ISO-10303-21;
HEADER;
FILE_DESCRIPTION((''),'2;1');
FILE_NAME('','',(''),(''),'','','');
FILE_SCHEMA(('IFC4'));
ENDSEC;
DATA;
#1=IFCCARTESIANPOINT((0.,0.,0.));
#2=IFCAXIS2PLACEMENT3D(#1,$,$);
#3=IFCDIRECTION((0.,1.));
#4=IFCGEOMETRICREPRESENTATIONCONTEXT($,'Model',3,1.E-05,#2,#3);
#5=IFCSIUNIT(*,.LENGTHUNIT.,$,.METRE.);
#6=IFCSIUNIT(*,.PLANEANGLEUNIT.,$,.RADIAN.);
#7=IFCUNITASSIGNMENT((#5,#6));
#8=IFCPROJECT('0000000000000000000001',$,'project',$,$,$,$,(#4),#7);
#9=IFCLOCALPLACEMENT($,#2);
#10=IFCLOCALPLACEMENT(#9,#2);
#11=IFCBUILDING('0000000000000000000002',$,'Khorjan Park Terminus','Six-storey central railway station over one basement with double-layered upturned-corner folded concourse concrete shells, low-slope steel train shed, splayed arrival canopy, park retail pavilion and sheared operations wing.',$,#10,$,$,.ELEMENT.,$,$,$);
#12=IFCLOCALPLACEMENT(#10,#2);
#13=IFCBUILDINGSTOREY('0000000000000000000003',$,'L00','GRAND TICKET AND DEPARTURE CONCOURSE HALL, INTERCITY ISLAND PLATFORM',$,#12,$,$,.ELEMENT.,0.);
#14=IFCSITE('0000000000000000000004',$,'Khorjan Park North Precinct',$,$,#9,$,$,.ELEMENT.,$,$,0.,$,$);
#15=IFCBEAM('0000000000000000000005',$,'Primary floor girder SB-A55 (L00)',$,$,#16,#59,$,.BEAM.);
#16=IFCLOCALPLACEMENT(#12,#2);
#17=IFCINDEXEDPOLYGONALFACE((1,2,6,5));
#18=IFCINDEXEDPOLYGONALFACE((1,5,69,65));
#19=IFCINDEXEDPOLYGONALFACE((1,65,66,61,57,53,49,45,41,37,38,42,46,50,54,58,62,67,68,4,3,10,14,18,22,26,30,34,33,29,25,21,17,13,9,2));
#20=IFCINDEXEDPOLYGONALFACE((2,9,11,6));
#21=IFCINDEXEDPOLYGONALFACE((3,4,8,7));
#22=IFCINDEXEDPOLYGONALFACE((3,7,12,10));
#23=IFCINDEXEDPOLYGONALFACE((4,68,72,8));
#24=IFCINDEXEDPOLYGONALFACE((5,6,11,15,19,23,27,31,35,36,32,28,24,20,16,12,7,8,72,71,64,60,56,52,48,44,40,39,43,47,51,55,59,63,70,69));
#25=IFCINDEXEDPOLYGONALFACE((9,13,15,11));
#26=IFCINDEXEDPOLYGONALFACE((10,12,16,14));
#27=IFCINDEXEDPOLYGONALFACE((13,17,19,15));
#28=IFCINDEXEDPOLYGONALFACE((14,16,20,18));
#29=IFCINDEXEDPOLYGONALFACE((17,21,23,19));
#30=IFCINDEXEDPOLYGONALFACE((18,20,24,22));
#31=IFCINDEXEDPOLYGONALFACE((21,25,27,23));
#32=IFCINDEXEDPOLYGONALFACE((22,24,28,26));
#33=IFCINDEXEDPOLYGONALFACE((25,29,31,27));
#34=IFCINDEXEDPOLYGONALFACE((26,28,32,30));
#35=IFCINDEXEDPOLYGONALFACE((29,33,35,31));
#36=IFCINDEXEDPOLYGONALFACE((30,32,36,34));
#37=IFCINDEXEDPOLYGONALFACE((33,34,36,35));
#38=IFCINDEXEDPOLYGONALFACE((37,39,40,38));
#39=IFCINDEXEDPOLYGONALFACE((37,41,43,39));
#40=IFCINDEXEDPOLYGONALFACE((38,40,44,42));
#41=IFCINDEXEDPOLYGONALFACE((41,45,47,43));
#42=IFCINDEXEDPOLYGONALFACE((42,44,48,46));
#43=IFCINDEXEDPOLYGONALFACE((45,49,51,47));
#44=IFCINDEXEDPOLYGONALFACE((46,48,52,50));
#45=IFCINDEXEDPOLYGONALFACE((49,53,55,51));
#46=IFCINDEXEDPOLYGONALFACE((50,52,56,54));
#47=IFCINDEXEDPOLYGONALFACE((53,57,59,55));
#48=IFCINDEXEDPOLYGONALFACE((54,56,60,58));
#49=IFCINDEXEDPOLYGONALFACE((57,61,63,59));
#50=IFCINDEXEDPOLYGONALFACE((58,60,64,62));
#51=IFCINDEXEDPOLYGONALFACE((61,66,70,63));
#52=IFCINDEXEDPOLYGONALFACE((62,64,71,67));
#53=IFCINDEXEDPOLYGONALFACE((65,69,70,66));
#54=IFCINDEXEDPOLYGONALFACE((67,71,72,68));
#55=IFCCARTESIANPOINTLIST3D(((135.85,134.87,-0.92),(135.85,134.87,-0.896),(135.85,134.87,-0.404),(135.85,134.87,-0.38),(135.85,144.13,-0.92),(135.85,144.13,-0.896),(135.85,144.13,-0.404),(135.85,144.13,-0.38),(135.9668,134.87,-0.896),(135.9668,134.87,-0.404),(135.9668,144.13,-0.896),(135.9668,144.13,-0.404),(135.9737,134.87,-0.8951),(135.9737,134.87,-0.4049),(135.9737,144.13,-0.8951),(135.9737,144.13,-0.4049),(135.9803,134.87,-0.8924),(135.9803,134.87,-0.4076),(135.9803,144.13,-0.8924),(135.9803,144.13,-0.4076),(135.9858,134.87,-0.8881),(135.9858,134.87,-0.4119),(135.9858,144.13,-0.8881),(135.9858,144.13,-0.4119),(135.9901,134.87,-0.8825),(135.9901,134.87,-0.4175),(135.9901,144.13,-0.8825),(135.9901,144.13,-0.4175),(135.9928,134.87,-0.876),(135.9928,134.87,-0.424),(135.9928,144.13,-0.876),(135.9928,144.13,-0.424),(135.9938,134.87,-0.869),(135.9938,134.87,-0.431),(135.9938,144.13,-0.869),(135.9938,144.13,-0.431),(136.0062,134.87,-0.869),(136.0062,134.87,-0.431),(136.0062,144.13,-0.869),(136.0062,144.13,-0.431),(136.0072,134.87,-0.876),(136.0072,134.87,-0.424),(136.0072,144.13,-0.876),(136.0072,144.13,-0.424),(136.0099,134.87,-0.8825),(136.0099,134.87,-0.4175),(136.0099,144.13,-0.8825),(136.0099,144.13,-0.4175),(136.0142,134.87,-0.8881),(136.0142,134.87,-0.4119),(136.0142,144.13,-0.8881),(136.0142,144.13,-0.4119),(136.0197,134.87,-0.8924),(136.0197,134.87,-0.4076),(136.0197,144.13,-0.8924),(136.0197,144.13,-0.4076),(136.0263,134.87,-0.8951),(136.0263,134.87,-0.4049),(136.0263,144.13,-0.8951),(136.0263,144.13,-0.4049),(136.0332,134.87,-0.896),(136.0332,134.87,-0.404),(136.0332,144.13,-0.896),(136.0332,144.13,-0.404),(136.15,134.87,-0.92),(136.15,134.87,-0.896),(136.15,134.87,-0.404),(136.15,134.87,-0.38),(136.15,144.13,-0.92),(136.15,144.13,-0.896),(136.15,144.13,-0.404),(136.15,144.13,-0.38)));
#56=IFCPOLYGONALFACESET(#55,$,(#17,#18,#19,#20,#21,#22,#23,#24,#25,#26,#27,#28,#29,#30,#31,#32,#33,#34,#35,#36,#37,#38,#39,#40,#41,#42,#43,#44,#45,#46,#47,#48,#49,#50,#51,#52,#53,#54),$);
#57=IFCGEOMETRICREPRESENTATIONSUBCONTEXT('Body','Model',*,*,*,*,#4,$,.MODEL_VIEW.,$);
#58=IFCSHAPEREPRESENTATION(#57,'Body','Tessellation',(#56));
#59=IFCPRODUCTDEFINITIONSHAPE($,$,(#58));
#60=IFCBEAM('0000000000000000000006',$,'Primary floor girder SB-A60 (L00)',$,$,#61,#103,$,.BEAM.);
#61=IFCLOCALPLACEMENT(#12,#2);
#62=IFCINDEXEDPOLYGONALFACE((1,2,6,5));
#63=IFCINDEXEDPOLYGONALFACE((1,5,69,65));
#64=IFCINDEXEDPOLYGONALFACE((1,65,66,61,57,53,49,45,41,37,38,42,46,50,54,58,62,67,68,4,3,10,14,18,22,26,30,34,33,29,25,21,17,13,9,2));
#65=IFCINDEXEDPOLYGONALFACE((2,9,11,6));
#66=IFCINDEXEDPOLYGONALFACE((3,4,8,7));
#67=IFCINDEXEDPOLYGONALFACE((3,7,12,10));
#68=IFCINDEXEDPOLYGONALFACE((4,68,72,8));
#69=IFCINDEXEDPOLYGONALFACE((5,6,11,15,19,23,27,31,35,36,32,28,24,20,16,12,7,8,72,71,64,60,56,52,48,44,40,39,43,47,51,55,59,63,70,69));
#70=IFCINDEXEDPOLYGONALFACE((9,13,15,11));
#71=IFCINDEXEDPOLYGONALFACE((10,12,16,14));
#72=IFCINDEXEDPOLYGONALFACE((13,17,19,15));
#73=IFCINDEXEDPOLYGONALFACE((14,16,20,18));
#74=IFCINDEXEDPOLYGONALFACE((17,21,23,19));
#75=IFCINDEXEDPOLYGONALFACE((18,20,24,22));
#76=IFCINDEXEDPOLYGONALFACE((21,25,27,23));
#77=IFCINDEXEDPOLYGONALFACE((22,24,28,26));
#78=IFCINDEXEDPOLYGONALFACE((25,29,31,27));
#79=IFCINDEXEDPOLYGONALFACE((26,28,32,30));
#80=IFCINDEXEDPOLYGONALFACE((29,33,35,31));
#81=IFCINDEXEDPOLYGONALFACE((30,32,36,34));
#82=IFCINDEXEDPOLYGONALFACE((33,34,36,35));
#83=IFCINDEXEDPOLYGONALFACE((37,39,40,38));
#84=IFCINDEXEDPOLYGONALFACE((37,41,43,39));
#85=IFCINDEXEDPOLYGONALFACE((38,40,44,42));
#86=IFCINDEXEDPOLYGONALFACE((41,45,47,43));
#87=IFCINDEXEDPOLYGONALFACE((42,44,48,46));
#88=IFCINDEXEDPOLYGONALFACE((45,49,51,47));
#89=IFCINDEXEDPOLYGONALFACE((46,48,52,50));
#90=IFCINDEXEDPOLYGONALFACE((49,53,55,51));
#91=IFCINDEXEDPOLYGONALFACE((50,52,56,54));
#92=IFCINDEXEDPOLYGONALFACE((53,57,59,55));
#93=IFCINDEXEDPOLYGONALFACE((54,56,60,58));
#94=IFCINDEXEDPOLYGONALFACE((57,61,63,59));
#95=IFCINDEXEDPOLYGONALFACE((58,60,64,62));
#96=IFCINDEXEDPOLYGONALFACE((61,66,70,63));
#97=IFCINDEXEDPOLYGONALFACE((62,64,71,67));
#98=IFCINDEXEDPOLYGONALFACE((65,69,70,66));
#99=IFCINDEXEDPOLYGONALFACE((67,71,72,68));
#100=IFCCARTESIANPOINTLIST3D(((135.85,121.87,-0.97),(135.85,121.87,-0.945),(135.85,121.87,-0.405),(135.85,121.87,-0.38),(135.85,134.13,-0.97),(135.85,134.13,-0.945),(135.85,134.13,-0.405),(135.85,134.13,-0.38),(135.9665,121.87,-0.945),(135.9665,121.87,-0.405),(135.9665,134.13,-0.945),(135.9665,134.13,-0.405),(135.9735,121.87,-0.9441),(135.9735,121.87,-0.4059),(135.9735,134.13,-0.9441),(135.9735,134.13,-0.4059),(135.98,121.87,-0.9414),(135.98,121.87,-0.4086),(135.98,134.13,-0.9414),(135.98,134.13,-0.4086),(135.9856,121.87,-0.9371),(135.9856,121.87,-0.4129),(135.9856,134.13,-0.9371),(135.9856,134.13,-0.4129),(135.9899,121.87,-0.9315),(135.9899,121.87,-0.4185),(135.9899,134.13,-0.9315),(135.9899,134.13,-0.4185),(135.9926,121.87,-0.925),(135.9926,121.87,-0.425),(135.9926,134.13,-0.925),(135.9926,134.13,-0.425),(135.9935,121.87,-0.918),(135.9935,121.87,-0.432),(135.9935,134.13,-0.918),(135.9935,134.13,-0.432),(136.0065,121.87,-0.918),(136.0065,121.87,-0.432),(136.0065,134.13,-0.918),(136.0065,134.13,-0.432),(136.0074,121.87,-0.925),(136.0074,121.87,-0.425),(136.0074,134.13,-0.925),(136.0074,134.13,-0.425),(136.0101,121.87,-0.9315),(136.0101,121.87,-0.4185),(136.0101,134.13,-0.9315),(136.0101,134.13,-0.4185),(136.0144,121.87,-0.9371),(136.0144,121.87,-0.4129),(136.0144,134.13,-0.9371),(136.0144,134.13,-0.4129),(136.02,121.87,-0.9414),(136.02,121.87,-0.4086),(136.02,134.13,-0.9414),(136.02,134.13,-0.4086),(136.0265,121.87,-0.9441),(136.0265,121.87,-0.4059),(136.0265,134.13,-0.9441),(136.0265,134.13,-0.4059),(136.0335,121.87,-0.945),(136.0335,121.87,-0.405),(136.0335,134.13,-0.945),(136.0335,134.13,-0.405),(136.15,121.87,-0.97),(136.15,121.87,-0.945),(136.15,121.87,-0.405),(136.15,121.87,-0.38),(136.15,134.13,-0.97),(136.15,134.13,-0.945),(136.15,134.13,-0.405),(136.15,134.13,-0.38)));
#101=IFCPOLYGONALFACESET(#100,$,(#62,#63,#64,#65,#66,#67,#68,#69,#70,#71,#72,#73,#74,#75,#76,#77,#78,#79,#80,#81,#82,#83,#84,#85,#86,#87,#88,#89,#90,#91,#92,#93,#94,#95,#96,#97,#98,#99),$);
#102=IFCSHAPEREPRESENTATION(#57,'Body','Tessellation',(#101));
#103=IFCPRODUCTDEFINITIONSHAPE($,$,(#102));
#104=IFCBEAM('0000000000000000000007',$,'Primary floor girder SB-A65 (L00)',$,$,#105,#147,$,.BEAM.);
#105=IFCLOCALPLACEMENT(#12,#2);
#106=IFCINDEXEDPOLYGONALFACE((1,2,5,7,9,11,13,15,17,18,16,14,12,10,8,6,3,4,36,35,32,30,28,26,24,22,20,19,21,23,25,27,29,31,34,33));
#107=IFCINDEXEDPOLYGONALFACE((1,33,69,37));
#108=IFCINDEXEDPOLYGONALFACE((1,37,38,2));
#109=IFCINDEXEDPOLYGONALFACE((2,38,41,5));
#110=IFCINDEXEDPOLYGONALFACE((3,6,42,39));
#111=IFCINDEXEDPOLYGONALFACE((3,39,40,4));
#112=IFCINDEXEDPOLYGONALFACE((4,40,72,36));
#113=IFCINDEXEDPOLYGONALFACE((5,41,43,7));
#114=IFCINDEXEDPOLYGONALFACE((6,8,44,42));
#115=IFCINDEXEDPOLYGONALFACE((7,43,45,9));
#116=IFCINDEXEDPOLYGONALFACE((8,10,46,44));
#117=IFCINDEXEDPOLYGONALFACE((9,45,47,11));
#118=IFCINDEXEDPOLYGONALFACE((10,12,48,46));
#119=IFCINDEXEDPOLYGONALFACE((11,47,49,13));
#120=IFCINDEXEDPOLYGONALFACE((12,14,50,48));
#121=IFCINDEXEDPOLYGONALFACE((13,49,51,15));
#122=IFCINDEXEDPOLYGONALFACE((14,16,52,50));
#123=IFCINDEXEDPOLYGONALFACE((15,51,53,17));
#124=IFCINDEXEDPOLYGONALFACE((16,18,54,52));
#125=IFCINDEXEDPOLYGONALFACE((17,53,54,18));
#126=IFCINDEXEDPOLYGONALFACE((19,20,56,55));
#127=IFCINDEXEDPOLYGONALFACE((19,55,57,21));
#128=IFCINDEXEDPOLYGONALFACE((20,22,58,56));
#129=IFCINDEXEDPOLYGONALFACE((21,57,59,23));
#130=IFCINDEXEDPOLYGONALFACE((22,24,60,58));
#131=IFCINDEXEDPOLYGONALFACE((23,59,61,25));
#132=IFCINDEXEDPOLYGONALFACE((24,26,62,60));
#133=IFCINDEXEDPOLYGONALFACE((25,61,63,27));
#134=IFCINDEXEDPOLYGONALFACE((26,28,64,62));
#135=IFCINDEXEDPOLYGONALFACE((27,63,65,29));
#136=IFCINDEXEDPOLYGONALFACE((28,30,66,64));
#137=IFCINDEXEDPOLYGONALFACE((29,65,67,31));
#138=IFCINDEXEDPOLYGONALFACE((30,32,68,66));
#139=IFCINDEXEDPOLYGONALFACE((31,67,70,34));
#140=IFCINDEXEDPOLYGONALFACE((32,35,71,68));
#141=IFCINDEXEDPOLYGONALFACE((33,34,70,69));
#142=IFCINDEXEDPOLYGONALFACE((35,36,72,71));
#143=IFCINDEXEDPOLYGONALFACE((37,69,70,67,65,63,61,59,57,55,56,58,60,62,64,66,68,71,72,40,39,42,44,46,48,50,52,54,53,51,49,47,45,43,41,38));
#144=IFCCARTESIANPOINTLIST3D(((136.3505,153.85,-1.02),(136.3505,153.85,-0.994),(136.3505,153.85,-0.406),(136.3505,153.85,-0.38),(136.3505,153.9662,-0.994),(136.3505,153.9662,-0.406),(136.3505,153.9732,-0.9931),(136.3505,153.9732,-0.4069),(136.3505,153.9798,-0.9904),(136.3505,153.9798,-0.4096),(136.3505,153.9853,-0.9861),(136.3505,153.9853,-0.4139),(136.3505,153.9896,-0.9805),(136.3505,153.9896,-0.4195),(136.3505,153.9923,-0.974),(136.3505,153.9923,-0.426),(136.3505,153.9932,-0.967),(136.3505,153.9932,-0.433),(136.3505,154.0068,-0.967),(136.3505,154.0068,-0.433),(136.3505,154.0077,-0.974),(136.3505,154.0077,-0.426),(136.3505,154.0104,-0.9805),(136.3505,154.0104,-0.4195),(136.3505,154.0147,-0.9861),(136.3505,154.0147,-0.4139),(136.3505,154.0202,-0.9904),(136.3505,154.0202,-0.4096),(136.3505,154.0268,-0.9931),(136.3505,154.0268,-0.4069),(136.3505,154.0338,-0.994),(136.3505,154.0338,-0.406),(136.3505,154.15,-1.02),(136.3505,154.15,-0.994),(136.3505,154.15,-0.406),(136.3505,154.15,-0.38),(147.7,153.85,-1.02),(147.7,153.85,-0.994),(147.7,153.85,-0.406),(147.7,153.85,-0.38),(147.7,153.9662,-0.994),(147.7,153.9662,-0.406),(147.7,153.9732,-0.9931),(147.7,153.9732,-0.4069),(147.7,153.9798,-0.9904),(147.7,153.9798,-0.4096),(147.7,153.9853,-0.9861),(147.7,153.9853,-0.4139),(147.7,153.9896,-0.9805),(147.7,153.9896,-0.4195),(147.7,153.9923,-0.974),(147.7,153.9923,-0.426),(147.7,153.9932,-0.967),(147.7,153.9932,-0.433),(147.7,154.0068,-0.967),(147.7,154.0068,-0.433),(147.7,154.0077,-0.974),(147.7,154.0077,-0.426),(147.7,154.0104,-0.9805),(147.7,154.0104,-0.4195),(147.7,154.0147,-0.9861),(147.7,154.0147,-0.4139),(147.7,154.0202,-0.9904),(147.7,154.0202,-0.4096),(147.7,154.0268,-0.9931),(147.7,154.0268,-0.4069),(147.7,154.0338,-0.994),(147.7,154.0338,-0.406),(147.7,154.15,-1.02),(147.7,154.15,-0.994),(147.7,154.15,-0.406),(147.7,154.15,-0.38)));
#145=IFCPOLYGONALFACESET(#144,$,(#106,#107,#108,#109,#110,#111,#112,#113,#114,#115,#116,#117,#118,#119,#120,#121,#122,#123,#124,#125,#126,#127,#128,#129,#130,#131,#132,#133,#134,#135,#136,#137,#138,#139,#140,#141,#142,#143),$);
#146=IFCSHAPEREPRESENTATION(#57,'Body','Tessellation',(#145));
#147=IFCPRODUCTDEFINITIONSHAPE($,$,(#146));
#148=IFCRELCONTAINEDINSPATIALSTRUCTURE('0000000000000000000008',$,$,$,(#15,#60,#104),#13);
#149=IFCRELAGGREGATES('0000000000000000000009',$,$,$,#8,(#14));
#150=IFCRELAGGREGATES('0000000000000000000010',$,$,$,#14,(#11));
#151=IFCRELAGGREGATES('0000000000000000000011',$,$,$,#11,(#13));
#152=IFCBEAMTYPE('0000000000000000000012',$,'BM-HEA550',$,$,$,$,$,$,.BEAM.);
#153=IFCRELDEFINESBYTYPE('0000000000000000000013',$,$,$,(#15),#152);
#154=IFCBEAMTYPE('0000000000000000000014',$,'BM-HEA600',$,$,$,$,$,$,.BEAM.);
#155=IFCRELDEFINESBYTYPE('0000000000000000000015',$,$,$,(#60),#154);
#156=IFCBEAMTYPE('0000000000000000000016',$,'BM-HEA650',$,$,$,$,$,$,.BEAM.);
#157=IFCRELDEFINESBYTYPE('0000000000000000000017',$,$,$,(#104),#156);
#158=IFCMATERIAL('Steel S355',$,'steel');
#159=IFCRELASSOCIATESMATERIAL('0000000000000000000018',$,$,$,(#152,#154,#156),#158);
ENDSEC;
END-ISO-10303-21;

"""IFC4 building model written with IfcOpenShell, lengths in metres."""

from ifc_helpers import new_model, si_unit, direction, frame, origin, origin_2d, place, context, subcontext, project, spatial, i_section, extrude, material, material_profile, profile_set, type_object, element, save


model = new_model("IFC4")

# Units and contexts
model_context = context("Model", 3, precision=1e-05, world=origin(), true_north=direction((0.0, 1.0)))
body_context = subcontext(model_context, "Body", "Model", "MODEL_VIEW")
ifc_project = project(units=[si_unit("LENGTHUNIT", "METRE"), si_unit("PLANEANGLEUNIT", "RADIAN")], contexts=[model_context])

# Site, building, storey
site_placement = place(None, origin())
site = spatial("IfcSite", under=ifc_project, at=site_placement, Name="Khorjan Park North Precinct", CompositionType="ELEMENT", RefElevation=0.0)
building_placement = place(site_placement, origin())
building = spatial("IfcBuilding", under=site, at=building_placement, Name="Khorjan Park Terminus", Description="Six-storey central railway station over one basement with double-layered upturned-corner folded concourse concrete shells, low-slope steel train shed, splayed arrival canopy, park retail pavilion and sheared operations wing.", CompositionType="ELEMENT")
storey_placement = place(building_placement, origin())
storey = spatial("IfcBuildingStorey", under=building, at=storey_placement, Name="L00", Description="GRAND TICKET AND DEPARTURE CONCOURSE HALL, INTERCITY ISLAND PLATFORM", CompositionType="ELEMENT", Elevation=0.0)

# Shared definitions
ifc_material_1 = material(Name="Steel S355", Category="steel")

# Beams
ifc_material_profile_1 = material_profile(ifc_material_1, i_section(OverallWidth=0.3, OverallDepth=0.54, WebThickness=0.0125, FlangeThickness=0.024, FilletRadius=0.027, at=origin_2d()), Name="HEA 550")
ifc_profile_set_1 = profile_set([ifc_material_profile_1], Name="Steel S355")
beam_type_1 = type_object("IfcBeamType", Name="BM-HEA550", PredefinedType="BEAM", material=ifc_profile_set_1)
beam_1_placement = place(storey_placement, frame((136.0, 134.87, -0.65), z_axis=(0.0, 1.0, 0.0), x_axis=(-1.0, 0.0, 0.0)))
element("IfcBeam", 1, at=beam_1_placement, inside=storey, type_object=beam_type_1, Name="Primary floor girder SB-A55 (L00)", PredefinedType="BEAM", context=body_context, shape_type="SweptSolid", body=[
    extrude(i_section(OverallWidth=0.3, OverallDepth=0.54, WebThickness=0.0125, FlangeThickness=0.024, FilletRadius=0.027, at=origin_2d()), origin(), (0.0, 0.0, 1.0), 9.26),
])
ifc_material_profile_2 = material_profile(ifc_material_1, i_section(OverallWidth=0.3, OverallDepth=0.59, WebThickness=0.013, FlangeThickness=0.025, FilletRadius=0.027, at=origin_2d()), Name="HEA 600")
ifc_profile_set_2 = profile_set([ifc_material_profile_2], Name="Steel S355")
beam_type_2 = type_object("IfcBeamType", Name="BM-HEA600", PredefinedType="BEAM", material=ifc_profile_set_2)
beam_2_placement = place(storey_placement, frame((136.0, 121.87, -0.675), z_axis=(0.0, 1.0, 0.0), x_axis=(-1.0, 0.0, 0.0)))
element("IfcBeam", 2, at=beam_2_placement, inside=storey, type_object=beam_type_2, Name="Primary floor girder SB-A60 (L00)", PredefinedType="BEAM", context=body_context, shape_type="SweptSolid", body=[
    extrude(i_section(OverallWidth=0.3, OverallDepth=0.59, WebThickness=0.013, FlangeThickness=0.025, FilletRadius=0.027, at=origin_2d()), origin(), (0.0, 0.0, 1.0), 12.26),
])
ifc_material_profile_3 = material_profile(ifc_material_1, i_section(OverallWidth=0.3, OverallDepth=0.64, WebThickness=0.0135, FlangeThickness=0.026, FilletRadius=0.027, at=origin_2d()), Name="HEA 650")
ifc_profile_set_3 = profile_set([ifc_material_profile_3], Name="Steel S355")
beam_type_3 = type_object("IfcBeamType", Name="BM-HEA650", PredefinedType="BEAM", material=ifc_profile_set_3)
beam_3_placement = place(storey_placement, frame((136.3505, 154.0, -0.7), z_axis=(1.0, 0.0, 0.0), x_axis=(0.0, 1.0, 0.0)))
element("IfcBeam", 3, at=beam_3_placement, inside=storey, type_object=beam_type_3, Name="Primary floor girder SB-A65 (L00)", PredefinedType="BEAM", context=body_context, shape_type="SweptSolid", body=[
    extrude(i_section(OverallWidth=0.3, OverallDepth=0.64, WebThickness=0.0135, FlangeThickness=0.026, FilletRadius=0.027, at=origin_2d()), origin(), (0.0, 0.0, 1.0), 11.3495),
])

save(model, "model.ifc")
